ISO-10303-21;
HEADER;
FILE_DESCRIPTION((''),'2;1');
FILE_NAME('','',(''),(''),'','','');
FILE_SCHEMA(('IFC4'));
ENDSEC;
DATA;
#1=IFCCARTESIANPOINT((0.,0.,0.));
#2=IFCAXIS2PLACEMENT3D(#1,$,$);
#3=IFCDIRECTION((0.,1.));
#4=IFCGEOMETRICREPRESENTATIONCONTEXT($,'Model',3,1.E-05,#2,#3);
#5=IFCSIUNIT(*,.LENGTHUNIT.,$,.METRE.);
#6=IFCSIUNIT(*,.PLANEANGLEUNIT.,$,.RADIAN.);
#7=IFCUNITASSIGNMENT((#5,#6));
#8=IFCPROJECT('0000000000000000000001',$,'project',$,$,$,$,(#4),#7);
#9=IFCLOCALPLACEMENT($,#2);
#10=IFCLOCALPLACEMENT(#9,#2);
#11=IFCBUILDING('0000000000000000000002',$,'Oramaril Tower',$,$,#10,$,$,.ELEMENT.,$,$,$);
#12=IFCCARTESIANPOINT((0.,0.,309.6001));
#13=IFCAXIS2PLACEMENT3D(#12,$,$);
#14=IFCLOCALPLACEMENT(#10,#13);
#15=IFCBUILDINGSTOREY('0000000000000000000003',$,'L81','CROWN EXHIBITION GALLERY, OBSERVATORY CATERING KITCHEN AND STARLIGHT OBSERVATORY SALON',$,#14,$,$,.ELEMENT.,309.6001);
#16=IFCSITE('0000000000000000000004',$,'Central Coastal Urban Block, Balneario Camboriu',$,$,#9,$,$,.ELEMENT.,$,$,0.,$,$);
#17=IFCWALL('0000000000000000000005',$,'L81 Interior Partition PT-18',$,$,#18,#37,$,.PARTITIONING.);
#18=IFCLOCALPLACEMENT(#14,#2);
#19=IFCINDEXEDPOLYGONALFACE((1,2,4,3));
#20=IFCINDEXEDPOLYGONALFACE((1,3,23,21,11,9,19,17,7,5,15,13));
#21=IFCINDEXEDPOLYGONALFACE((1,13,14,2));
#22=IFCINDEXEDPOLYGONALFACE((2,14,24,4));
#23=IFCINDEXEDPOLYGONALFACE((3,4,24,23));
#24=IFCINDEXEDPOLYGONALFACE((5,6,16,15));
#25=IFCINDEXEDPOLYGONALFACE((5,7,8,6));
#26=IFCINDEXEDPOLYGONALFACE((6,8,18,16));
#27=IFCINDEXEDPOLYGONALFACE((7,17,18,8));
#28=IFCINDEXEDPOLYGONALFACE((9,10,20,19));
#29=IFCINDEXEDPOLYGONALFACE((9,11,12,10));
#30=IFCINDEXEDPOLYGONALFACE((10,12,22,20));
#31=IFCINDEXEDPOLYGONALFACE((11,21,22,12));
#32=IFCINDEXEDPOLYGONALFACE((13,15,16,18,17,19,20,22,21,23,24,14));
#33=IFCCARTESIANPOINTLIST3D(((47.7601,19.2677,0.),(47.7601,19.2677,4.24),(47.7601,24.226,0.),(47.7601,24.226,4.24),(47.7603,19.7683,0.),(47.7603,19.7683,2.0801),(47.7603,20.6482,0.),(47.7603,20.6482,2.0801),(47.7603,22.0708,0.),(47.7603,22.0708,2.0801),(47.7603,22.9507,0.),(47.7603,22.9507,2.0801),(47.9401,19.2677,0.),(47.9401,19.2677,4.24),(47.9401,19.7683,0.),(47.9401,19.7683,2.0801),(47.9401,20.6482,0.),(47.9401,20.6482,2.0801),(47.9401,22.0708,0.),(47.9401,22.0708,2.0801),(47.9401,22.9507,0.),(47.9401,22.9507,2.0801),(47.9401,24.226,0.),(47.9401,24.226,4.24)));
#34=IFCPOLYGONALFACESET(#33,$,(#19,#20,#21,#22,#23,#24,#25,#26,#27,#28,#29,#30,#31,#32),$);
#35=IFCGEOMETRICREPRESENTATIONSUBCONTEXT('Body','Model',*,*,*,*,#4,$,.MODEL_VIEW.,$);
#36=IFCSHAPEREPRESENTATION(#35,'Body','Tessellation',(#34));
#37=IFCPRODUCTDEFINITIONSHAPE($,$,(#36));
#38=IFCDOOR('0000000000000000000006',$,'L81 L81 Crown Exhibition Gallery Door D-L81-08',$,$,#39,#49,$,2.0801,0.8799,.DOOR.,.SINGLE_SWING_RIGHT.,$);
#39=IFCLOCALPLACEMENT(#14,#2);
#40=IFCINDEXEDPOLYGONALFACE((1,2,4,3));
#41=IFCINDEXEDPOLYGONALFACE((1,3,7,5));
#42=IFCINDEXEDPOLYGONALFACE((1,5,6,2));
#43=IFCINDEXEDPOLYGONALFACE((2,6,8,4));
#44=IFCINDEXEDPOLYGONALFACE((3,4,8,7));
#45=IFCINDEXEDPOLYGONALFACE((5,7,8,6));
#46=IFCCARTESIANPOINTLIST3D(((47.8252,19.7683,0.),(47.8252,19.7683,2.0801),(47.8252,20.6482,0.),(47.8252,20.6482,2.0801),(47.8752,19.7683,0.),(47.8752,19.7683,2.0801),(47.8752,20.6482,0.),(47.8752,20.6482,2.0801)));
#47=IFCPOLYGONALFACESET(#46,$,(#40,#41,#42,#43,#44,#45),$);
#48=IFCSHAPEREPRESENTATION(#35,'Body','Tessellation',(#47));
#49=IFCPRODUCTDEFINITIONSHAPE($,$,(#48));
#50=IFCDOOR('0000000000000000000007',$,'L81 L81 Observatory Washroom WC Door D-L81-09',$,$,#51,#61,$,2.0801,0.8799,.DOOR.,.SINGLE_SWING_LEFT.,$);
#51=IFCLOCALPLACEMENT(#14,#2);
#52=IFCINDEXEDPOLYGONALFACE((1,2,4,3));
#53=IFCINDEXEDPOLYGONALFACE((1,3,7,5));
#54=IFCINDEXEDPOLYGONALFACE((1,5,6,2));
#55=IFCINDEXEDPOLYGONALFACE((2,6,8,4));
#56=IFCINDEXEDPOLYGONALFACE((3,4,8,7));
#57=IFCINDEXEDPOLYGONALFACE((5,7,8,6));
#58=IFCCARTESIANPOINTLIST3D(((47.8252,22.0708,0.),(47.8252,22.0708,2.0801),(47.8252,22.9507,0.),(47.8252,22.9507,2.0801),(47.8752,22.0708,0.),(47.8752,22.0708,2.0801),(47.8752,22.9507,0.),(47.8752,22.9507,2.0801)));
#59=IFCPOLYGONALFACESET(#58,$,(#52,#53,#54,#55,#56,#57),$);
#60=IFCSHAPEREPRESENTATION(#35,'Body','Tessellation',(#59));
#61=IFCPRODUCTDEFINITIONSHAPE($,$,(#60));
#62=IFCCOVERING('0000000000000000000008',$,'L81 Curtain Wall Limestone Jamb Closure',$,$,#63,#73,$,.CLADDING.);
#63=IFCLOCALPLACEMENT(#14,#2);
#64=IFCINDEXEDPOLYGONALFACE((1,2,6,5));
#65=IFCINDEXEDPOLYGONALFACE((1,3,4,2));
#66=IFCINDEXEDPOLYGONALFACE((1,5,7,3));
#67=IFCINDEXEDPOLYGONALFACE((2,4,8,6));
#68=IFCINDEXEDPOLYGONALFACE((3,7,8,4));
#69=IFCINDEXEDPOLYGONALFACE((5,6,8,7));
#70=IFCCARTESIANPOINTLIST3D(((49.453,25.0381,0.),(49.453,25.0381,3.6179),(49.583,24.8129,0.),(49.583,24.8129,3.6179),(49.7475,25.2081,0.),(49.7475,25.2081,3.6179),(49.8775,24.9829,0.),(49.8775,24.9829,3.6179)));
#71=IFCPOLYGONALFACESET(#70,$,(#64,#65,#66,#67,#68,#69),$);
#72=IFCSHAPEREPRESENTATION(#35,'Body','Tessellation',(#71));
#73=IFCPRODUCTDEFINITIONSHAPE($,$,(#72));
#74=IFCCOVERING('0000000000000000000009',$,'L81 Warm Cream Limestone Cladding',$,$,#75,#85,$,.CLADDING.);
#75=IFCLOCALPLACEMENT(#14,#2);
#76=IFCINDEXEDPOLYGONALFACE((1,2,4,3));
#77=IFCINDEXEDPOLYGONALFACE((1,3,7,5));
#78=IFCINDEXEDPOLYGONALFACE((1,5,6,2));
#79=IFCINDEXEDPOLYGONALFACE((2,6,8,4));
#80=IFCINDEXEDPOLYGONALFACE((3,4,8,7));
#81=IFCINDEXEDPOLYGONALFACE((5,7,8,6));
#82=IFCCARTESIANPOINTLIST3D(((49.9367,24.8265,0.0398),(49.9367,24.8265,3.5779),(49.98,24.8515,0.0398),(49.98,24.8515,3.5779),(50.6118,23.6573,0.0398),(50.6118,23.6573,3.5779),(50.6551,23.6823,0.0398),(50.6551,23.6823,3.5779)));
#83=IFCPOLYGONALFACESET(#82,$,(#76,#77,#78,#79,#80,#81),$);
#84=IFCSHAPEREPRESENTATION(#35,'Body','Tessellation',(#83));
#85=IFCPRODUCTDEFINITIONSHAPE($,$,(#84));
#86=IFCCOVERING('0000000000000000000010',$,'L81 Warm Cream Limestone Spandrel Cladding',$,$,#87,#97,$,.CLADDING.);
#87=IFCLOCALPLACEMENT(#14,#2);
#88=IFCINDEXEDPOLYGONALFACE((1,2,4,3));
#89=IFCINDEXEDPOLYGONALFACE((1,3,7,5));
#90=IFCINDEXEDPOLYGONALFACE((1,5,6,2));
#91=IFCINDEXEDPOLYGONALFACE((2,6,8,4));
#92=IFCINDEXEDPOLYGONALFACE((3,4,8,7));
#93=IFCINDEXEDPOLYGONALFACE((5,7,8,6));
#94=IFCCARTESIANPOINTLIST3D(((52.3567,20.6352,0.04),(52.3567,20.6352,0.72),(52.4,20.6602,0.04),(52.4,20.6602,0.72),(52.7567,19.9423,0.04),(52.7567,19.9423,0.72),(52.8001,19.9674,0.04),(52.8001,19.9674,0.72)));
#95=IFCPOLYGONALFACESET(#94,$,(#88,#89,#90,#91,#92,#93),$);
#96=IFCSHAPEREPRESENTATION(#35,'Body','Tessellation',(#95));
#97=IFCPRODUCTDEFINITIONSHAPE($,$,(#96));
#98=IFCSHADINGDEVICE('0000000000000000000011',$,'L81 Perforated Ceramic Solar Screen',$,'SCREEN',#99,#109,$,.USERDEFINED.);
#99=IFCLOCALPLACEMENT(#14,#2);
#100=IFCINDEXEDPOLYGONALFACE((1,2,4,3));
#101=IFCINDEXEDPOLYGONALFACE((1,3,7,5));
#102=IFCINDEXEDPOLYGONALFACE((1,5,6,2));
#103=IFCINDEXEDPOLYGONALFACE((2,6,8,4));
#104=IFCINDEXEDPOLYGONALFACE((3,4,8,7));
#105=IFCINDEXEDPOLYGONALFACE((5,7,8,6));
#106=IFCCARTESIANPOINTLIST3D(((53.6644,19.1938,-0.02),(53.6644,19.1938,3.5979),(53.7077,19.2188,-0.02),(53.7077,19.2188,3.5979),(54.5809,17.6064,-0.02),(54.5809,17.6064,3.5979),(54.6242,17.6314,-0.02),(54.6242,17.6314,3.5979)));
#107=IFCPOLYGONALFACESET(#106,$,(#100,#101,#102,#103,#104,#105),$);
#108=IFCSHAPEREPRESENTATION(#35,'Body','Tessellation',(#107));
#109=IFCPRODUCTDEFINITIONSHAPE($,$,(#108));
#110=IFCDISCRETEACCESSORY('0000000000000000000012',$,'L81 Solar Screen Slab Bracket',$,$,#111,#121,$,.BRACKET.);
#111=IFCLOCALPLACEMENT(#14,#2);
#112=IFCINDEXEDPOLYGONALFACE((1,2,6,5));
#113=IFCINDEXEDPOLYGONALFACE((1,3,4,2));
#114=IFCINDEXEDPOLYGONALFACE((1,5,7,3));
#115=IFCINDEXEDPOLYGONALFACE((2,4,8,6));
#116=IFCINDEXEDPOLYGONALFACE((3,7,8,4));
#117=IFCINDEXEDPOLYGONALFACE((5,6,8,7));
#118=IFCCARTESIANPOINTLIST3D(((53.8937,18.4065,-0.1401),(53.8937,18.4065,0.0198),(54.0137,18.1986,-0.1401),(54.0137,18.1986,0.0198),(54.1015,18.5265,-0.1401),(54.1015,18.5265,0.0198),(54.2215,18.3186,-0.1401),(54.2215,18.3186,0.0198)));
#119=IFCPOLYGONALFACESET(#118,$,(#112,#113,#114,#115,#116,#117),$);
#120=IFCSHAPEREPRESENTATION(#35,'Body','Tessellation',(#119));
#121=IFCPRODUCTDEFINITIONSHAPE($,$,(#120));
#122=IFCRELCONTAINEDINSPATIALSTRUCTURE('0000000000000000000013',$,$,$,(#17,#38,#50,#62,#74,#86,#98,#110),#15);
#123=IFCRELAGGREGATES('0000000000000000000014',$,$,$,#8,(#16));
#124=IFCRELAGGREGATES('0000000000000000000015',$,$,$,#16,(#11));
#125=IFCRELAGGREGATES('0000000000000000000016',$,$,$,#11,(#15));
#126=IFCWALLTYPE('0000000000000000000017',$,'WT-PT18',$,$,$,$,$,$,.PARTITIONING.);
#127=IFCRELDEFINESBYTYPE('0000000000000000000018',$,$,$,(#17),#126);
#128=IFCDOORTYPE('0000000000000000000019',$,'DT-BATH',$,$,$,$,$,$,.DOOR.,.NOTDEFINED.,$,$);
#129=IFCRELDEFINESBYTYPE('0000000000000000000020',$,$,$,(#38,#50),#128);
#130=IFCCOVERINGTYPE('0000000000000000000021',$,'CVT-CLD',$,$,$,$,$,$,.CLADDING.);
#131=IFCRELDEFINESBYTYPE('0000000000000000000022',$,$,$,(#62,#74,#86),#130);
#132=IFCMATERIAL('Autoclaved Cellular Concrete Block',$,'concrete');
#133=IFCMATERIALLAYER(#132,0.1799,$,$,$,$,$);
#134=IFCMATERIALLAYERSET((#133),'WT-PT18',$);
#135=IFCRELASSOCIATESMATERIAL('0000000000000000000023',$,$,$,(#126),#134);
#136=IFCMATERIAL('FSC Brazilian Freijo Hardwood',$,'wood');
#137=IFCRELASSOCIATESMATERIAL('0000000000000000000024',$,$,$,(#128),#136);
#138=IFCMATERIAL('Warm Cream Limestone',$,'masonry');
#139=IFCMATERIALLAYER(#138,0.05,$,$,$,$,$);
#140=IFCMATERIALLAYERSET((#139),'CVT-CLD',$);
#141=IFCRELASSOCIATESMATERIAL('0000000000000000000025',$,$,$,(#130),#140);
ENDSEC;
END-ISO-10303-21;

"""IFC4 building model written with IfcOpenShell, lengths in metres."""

from ifc_helpers import new_model, si_unit, direction, frame, frame_2d, origin, origin_2d, place, context, subcontext, project, spatial, rectangle, extrude, material, layer, layer_set, type_object, element, fill, save


model = new_model("IFC4")

# Units and contexts
model_context = context("Model", 3, precision=1e-05, world=origin(), true_north=direction((0.0, 1.0)))
body_context = subcontext(model_context, "Body", "Model", "MODEL_VIEW")
ifc_project = project(units=[si_unit("LENGTHUNIT", "METRE"), si_unit("PLANEANGLEUNIT", "RADIAN")], contexts=[model_context])

# Site, building, storey
site_placement = place(None, origin())
site = spatial("IfcSite", under=ifc_project, at=site_placement, Name="Central Coastal Urban Block, Balneario Camboriu", CompositionType="ELEMENT", RefElevation=0.0)
building_placement = place(site_placement, origin())
building = spatial("IfcBuilding", under=site, at=building_placement, Name="Oramaril Tower", CompositionType="ELEMENT")
storey_placement = place(building_placement, frame((0.0, 0.0, 309.6001)))
storey = spatial("IfcBuildingStorey", under=building, at=storey_placement, Name="L81", Description="CROWN EXHIBITION GALLERY, OBSERVATORY CATERING KITCHEN AND STARLIGHT OBSERVATORY SALON", CompositionType="ELEMENT", Elevation=309.6001)

# Shared definitions
ifc_material_1 = material(Name="Autoclaved Cellular Concrete Block", Category="concrete")
ifc_layer_1 = layer(ifc_material_1, 0.1799)
ifc_layer_set_1 = layer_set([ifc_layer_1], Name="WT-PT18")
wall_type = type_object("IfcWallType", Name="WT-PT18", PredefinedType="PARTITIONING", material=ifc_layer_set_1)

# Wall, openings, doors
wall_1_placement = place(storey_placement, frame((47.8501, 19.2678, 0.0), z_axis=(0.0, 0.0, 1.0), x_axis=(0.0, 1.0, 0.0)))
wall_1 = element("IfcWall", 1, at=wall_1_placement, inside=storey, type_object=wall_type, Name="L81 Interior Partition PT-18", PredefinedType="PARTITIONING", context=body_context, shape_type="SweptSolid", body=[
    extrude(rectangle(XDim=4.9583, YDim=0.1799, at=frame_2d((2.479, 0.0))), origin(), (0.0, 0.0, 1.0), 4.24),
])
opening_1_placement = place(wall_1_placement, frame((0.5005, 0.0, 0.0)))
opening_1 = element("IfcOpeningElement", 2, at=opening_1_placement, cuts=wall_1, PredefinedType="OPENING", context=body_context, shape_type="SweptSolid", body=[
    extrude(rectangle(XDim=0.8799, YDim=2.0801, at=frame_2d((0.4399, 1.04))), frame((0.0, 0.0898, 0.0), z_axis=(0.0, -1.0, 0.0), x_axis=(1.0, 0.0, 0.0)), (0.0, 0.0, 1.0), 0.1799),
])
opening_2_placement = place(wall_1_placement, frame((2.803, 0.0, 0.0)))
opening_2 = element("IfcOpeningElement", 3, at=opening_2_placement, cuts=wall_1, PredefinedType="OPENING", context=body_context, shape_type="SweptSolid", body=[
    extrude(rectangle(XDim=0.8799, YDim=2.0801, at=frame_2d((0.4399, 1.04))), frame((0.0, 0.0898, 0.0), z_axis=(0.0, -1.0, 0.0), x_axis=(1.0, 0.0, 0.0)), (0.0, 0.0, 1.0), 0.1799),
])
ifc_material_2 = material(Name="FSC Brazilian Freijo Hardwood", Category="wood")
door_type = type_object("IfcDoorType", Name="DT-BATH", OperationType="NOTDEFINED", PredefinedType="DOOR", material=ifc_material_2)
door_1_placement = place(opening_1_placement, origin())
door_1 = element("IfcDoor", 4, at=door_1_placement, inside=storey, type_object=door_type, Name="L81 L81 Crown Exhibition Gallery Door D-L81-08", OperationType="SINGLE_SWING_RIGHT", OverallHeight=2.0801, OverallWidth=0.8799, PredefinedType="DOOR", context=body_context, shape_type="SweptSolid", body=[
    extrude(rectangle(XDim=0.8799, YDim=2.0801, at=frame_2d((0.4399, 1.04))), frame((0.0, 0.0249, 0.0), z_axis=(0.0, -1.0, 0.0), x_axis=(1.0, 0.0, 0.0)), (0.0, 0.0, 1.0), 0.05),
])
fill(opening_1, door_1)
door_2_placement = place(opening_2_placement, origin())
door_2 = element("IfcDoor", 5, at=door_2_placement, inside=storey, type_object=door_type, Name="L81 L81 Observatory Washroom WC Door D-L81-09", OperationType="SINGLE_SWING_LEFT", OverallHeight=2.0801, OverallWidth=0.8799, PredefinedType="DOOR", context=body_context, shape_type="SweptSolid", body=[
    extrude(rectangle(XDim=0.8799, YDim=2.0801, at=frame_2d((0.4399, 1.04))), frame((0.0, 0.0249, 0.0), z_axis=(0.0, -1.0, 0.0), x_axis=(1.0, 0.0, 0.0)), (0.0, 0.0, 1.0), 0.05),
])
fill(opening_2, door_2)

# Coverings
ifc_material_3 = material(Name="Warm Cream Limestone", Category="masonry")
ifc_layer_2 = layer(ifc_material_3, 0.05)
ifc_layer_set_2 = layer_set([ifc_layer_2], Name="CVT-CLD")
covering_type = type_object("IfcCoveringType", Name="CVT-CLD", PredefinedType="CLADDING", material=ifc_layer_set_2)
covering_1_placement = place(storey_placement, frame((49.6653, 25.0105, 0.0), z_axis=(0.0, 0.0, 1.0), x_axis=(-0.5, 0.866025, 0.0)))
element("IfcCovering", 6, at=covering_1_placement, inside=storey, type_object=covering_type, Name="L81 Curtain Wall Limestone Jamb Closure", PredefinedType="CLADDING", context=body_context, shape_type="SweptSolid", body=[
    extrude(rectangle(XDim=0.26, YDim=0.3401, at=origin_2d()), origin(), (0.0, 0.0, 1.0), 3.6179),
])
covering_2_placement = place(storey_placement, frame((50.2959, 24.2544, 0.0398), z_axis=(0.0, 0.0, 1.0), x_axis=(-0.5, 0.866025, 0.0)))
element("IfcCovering", 7, at=covering_2_placement, inside=storey, type_object=covering_type, Name="L81 Warm Cream Limestone Cladding", PredefinedType="CLADDING", context=body_context, shape_type="SweptSolid", body=[
    extrude(rectangle(XDim=1.3501, YDim=0.05, at=origin_2d()), origin(), (0.0, 0.0, 1.0), 3.5381),
])
covering_3_placement = place(storey_placement, frame((52.5784, 20.3013, 0.04), z_axis=(0.0, 0.0, 1.0), x_axis=(-0.5, 0.866025, 0.0)))
element("IfcCovering", 8, at=covering_3_placement, inside=storey, type_object=covering_type, Name="L81 Warm Cream Limestone Spandrel Cladding", PredefinedType="CLADDING", context=body_context, shape_type="SweptSolid", body=[
    extrude(rectangle(XDim=0.8, YDim=0.05, at=origin_2d()), origin(), (0.0, 0.0, 1.0), 0.6799),
])

# Shading device
shading_device_placement = place(storey_placement, frame((54.1443, 18.4126, -0.02), z_axis=(0.0, 0.0, 1.0), x_axis=(-0.500002, 0.866025, 0.0)))
element("IfcShadingDevice", 9, at=shading_device_placement, inside=storey, Name="L81 Perforated Ceramic Solar Screen", ObjectType="SCREEN", PredefinedType="USERDEFINED", context=body_context, shape_type="SweptSolid", body=[
    extrude(rectangle(XDim=1.833, YDim=0.05, at=origin_2d()), origin(), (0.0, 0.0, 1.0), 3.6179),
])

# Discrete accessory
discrete_accessory_placement = place(storey_placement, frame((54.0576, 18.3625, -0.1401), z_axis=(0.0, 0.0, 1.0), x_axis=(-0.500002, 0.866025, 0.0)))
element("IfcDiscreteAccessory", 10, at=discrete_accessory_placement, inside=storey, Name="L81 Solar Screen Slab Bracket", PredefinedType="BRACKET", context=body_context, shape_type="SweptSolid", body=[
    extrude(rectangle(XDim=0.24, YDim=0.24, at=origin_2d()), origin(), (0.0, 0.0, 1.0), 0.1599),
])

save(model, "model.ifc")
